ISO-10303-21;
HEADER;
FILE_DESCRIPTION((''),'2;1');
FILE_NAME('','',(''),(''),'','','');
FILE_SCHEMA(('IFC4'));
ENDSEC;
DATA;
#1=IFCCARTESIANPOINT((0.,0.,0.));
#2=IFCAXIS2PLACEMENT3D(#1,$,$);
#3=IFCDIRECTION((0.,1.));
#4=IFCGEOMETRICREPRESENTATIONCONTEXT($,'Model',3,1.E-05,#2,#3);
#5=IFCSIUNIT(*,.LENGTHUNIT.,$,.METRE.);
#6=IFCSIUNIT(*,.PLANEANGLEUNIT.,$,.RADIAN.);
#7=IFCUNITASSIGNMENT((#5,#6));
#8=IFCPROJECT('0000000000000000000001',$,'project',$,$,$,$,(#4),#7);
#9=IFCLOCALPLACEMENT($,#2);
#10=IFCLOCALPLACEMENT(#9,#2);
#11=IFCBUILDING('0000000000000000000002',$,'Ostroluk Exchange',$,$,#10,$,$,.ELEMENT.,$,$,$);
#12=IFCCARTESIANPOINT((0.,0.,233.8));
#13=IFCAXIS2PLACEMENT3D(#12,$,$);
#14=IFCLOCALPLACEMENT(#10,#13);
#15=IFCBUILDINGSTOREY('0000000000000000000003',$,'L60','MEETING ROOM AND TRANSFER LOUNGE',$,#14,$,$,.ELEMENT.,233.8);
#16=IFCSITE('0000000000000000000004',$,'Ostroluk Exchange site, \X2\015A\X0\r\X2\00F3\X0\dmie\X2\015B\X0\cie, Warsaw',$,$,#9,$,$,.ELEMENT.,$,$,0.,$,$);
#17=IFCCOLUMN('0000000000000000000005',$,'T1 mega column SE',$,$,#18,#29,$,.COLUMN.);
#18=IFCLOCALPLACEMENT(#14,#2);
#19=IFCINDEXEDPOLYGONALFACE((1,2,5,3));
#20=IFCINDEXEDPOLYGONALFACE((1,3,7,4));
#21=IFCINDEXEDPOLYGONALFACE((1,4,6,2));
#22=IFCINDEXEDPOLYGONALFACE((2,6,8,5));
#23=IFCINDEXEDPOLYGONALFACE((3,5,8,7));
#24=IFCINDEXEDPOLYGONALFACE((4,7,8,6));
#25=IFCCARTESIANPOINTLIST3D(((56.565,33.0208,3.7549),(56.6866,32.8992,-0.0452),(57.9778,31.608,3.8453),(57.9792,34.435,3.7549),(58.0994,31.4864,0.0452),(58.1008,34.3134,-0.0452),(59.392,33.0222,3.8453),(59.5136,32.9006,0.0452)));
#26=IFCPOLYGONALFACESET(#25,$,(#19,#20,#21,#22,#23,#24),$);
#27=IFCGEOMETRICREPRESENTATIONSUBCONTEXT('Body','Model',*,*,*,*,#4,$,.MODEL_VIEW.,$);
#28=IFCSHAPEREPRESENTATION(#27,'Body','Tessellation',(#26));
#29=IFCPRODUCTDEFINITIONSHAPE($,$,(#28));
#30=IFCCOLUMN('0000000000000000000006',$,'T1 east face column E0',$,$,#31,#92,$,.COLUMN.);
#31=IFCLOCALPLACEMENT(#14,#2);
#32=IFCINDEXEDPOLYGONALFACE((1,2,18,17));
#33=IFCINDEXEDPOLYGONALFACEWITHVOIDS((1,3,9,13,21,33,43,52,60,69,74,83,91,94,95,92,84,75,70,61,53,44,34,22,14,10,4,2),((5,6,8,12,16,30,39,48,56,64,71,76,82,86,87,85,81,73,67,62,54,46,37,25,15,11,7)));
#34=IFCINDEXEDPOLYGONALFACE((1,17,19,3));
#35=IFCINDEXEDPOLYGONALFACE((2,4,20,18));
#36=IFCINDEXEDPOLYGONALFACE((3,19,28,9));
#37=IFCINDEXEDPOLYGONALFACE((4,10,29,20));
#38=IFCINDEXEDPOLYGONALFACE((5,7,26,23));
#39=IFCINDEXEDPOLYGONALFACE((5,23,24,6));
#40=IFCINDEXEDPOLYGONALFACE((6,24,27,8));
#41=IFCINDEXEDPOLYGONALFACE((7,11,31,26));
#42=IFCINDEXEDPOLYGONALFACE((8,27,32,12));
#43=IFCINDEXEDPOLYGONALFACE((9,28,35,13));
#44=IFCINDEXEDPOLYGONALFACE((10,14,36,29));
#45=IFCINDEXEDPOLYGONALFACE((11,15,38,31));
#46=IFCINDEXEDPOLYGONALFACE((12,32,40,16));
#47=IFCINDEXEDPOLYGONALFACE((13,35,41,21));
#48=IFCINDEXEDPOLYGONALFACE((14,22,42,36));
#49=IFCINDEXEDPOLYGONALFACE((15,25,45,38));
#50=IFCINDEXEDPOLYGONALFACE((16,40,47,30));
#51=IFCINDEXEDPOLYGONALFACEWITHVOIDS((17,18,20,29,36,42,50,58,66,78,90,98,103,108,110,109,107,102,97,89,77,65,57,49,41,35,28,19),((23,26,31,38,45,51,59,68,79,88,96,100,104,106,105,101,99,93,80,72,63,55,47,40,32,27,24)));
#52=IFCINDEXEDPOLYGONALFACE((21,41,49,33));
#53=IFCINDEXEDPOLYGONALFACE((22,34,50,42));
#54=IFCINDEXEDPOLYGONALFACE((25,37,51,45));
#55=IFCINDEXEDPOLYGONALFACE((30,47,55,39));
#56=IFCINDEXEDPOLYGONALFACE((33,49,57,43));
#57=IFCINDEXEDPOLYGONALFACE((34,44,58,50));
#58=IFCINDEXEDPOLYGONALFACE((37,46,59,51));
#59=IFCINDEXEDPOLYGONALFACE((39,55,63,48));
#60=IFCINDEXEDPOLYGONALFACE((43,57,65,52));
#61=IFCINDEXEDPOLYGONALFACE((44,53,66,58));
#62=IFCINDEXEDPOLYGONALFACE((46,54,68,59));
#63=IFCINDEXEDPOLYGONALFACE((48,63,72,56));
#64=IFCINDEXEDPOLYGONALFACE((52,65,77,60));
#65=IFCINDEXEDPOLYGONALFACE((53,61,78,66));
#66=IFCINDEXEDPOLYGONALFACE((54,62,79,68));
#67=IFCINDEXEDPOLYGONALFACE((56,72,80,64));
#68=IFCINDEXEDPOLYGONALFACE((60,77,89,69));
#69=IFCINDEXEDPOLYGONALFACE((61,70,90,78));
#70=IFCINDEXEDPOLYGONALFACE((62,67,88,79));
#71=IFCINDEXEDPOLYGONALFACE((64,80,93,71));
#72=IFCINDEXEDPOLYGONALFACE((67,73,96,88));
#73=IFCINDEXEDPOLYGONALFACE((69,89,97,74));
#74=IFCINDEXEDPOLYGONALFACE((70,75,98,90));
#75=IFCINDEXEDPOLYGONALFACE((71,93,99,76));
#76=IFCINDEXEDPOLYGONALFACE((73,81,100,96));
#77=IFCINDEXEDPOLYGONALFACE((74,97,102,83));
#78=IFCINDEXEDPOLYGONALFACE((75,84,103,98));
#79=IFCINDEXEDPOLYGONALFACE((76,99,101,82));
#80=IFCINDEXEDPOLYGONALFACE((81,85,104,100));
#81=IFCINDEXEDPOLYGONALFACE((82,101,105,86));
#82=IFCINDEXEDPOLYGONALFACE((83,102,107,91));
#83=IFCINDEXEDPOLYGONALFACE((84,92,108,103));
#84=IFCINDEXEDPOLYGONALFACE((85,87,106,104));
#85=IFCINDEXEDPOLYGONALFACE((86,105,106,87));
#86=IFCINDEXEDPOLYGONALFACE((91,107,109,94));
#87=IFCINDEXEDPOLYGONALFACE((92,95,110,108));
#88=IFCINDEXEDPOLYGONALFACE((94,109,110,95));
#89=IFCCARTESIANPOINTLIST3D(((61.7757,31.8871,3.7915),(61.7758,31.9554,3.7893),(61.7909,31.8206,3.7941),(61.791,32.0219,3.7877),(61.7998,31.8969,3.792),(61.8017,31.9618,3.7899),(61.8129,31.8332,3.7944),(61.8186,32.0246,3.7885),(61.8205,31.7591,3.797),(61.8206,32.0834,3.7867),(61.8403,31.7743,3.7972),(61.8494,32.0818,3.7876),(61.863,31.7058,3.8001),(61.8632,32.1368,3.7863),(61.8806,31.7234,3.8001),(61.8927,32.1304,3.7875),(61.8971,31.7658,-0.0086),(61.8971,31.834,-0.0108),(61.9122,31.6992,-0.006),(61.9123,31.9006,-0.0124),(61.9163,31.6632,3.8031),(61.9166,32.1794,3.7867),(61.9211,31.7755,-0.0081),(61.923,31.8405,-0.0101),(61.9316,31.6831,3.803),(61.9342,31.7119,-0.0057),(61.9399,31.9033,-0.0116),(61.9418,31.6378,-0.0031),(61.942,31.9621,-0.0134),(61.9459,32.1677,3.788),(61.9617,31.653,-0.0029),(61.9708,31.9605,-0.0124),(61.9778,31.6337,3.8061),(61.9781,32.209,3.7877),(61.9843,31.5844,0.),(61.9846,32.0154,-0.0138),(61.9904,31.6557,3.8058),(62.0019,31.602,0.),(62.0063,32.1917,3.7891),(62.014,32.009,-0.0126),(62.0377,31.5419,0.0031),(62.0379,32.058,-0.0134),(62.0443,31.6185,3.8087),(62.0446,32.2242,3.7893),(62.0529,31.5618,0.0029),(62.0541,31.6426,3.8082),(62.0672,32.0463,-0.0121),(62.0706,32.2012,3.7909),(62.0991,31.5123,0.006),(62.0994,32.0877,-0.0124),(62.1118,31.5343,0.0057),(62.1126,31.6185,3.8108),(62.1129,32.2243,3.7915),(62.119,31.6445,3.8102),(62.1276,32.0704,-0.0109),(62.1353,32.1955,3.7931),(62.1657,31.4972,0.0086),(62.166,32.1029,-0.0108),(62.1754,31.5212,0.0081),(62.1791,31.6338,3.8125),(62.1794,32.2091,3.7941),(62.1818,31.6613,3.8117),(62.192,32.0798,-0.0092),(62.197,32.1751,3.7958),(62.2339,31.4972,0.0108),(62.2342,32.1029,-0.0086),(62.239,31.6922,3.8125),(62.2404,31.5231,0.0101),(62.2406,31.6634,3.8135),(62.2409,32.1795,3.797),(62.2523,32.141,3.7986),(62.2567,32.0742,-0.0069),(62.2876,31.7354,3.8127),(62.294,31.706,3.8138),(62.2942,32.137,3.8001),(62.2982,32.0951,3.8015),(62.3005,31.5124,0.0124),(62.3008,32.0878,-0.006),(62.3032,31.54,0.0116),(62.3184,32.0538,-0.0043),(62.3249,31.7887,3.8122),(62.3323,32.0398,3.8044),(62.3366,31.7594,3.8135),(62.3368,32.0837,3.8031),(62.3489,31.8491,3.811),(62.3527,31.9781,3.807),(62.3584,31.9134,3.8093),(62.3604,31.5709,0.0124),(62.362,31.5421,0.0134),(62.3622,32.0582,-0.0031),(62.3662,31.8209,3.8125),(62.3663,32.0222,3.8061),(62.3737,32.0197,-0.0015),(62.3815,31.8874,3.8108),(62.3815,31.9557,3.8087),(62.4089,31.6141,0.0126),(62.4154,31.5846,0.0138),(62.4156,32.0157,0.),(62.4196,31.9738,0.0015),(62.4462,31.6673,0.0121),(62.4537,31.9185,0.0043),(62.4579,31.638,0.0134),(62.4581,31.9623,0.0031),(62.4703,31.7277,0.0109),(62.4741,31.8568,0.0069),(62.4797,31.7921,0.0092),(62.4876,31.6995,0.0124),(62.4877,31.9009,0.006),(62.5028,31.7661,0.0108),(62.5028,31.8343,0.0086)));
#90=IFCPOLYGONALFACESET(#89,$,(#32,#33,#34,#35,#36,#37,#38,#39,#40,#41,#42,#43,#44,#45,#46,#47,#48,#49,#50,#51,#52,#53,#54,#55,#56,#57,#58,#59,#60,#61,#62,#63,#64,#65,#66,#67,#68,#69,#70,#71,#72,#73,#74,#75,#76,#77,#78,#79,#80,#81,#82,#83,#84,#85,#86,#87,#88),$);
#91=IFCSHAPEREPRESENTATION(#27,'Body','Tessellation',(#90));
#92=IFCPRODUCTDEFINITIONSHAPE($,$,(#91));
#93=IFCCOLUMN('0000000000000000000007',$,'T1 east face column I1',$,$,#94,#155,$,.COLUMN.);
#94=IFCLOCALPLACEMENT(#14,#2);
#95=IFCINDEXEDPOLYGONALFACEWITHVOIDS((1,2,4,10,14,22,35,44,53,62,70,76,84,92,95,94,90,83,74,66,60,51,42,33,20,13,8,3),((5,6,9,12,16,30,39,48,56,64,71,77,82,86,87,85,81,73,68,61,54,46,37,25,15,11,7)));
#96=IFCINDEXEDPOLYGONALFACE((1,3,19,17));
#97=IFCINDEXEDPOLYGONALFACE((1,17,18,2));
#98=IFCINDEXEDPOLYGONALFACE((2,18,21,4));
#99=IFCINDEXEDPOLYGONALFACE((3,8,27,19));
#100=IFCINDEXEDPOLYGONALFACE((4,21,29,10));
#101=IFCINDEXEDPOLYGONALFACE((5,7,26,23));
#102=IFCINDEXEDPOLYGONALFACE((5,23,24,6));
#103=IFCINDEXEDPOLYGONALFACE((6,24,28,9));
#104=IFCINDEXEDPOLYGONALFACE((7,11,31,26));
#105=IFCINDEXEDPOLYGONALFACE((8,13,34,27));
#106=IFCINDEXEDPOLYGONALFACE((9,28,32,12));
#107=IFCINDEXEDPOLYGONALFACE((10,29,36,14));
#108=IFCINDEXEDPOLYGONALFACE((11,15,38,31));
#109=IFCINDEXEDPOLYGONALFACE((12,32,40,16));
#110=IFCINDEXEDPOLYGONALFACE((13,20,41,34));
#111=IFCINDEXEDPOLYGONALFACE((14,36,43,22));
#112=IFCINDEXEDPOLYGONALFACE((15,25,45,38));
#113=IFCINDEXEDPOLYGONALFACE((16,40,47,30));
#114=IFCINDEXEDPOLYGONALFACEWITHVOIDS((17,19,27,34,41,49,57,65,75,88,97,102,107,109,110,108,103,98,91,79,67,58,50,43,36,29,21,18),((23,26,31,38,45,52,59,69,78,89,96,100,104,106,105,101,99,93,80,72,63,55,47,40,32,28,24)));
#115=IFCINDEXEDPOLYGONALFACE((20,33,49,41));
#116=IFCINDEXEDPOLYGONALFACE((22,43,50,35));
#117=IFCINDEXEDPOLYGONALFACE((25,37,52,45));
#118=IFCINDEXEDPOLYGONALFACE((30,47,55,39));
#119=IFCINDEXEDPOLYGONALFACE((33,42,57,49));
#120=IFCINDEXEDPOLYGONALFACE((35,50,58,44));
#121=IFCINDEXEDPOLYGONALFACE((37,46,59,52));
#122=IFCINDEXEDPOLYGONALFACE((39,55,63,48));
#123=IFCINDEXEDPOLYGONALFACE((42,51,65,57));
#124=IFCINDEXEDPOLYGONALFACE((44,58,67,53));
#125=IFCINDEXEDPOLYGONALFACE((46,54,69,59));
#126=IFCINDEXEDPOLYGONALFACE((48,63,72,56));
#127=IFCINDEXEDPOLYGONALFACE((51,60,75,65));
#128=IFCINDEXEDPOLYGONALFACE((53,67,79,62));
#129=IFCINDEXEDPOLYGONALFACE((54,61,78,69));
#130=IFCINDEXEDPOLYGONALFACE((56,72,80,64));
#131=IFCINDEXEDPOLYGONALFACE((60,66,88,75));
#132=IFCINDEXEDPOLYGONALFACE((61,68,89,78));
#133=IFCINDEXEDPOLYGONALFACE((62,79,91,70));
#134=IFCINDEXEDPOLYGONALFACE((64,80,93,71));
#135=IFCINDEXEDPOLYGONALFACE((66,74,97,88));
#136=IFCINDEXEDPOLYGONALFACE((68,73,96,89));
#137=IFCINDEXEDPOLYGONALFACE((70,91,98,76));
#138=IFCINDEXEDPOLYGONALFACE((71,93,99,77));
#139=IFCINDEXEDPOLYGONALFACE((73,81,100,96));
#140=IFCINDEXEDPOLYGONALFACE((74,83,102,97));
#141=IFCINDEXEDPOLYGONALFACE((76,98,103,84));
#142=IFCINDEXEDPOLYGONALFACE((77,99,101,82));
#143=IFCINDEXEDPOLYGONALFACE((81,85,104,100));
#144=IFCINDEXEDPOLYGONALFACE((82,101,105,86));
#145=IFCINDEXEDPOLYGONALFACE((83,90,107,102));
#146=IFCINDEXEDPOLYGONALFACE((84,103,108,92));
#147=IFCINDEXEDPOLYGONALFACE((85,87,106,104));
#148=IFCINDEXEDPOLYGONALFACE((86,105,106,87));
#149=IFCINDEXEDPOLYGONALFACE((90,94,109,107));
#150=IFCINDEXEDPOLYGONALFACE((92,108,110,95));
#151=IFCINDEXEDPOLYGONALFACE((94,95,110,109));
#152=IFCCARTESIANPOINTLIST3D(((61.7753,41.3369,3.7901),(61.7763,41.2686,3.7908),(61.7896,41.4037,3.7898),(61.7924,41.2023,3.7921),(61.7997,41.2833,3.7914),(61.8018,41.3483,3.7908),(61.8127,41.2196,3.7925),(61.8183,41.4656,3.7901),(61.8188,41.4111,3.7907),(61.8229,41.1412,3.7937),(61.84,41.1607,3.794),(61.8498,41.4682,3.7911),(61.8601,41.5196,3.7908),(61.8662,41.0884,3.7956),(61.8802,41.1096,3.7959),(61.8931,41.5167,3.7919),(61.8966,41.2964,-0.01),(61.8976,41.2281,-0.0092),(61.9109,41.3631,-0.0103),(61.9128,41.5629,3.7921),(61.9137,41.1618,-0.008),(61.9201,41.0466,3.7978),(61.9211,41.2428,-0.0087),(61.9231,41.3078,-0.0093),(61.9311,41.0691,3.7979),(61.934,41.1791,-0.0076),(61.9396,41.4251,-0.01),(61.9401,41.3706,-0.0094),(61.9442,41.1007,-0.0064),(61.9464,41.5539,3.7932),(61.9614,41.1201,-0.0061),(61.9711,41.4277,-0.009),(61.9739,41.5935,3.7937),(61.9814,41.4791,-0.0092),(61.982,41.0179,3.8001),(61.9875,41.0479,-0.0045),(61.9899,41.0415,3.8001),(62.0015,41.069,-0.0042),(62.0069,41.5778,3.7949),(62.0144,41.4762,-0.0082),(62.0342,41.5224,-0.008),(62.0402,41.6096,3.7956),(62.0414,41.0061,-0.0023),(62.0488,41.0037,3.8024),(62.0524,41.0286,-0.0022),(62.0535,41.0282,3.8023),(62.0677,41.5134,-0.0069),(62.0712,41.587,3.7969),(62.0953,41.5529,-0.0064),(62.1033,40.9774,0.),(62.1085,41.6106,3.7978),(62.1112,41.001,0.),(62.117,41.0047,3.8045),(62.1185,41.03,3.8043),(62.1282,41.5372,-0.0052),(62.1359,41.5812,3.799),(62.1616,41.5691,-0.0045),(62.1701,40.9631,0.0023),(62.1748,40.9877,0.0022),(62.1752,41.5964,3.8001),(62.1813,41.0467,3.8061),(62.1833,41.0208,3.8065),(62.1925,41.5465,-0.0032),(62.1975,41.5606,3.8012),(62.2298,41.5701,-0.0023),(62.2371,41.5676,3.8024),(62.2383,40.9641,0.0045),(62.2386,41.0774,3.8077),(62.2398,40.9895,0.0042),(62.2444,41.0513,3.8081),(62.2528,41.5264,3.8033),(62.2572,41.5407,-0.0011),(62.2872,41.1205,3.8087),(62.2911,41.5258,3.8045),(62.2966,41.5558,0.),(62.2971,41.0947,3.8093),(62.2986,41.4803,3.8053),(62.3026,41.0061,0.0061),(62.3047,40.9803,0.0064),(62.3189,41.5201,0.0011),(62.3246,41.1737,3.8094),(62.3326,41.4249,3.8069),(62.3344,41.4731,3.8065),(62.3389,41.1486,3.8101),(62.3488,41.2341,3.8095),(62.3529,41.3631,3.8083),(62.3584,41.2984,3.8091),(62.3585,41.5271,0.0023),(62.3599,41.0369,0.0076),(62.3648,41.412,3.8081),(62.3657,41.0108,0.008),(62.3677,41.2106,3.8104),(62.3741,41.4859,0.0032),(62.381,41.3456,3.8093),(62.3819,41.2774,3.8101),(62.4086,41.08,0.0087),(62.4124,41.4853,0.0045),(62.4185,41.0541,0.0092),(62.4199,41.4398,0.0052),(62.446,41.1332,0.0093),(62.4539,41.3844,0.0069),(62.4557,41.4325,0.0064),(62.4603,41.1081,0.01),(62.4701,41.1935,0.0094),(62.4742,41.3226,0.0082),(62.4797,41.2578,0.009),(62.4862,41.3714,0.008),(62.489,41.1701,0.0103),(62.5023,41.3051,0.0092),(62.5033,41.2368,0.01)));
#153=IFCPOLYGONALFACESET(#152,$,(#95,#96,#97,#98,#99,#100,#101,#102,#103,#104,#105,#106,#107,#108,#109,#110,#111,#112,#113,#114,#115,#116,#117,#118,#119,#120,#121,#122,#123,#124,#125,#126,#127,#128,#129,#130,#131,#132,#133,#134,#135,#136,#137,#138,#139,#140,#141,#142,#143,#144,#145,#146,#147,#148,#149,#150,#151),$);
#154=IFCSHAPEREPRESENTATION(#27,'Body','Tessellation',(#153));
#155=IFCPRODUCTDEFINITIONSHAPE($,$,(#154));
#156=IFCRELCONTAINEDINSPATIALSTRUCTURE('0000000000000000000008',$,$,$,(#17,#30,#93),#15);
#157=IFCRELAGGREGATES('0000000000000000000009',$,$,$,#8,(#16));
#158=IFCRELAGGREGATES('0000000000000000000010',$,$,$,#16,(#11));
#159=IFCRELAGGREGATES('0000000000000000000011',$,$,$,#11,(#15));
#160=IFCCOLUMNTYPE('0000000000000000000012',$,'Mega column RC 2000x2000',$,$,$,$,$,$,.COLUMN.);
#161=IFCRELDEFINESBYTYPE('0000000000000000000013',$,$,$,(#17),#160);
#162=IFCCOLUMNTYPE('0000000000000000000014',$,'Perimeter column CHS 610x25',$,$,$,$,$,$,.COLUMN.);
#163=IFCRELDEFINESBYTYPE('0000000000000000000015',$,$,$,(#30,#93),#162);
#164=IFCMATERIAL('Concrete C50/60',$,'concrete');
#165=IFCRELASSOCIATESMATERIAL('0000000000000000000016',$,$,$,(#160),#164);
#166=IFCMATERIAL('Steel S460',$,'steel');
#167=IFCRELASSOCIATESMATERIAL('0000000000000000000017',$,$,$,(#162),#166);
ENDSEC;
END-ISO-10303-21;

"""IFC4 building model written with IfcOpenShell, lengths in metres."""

from ifc_helpers import new_model, si_unit, direction, frame, origin, origin_2d, place, context, subcontext, project, spatial, rectangle, hollow_circle, extrude, material, material_profile, profile_set, type_object, element, save


model = new_model("IFC4")

# Units and contexts
model_context = context("Model", 3, precision=1e-05, world=origin(), true_north=direction((0.0, 1.0)))
body_context = subcontext(model_context, "Body", "Model", "MODEL_VIEW")
ifc_project = project(units=[si_unit("LENGTHUNIT", "METRE"), si_unit("PLANEANGLEUNIT", "RADIAN")], contexts=[model_context])

# Site, building, storey
site_placement = place(None, origin())
site = spatial("IfcSite", under=ifc_project, at=site_placement, Name="Ostroluk Exchange site, Śródmieście, Warsaw", CompositionType="ELEMENT", RefElevation=0.0)
building_placement = place(site_placement, origin())
building = spatial("IfcBuilding", under=site, at=building_placement, Name="Ostroluk Exchange", CompositionType="ELEMENT")
storey_placement = place(building_placement, frame((0.0, 0.0, 233.8)))
storey = spatial("IfcBuildingStorey", under=building, at=storey_placement, Name="L60", Description="MEETING ROOM AND TRANSFER LOUNGE", CompositionType="ELEMENT", Elevation=233.8)

# Columns
ifc_material_1 = material(Name="Concrete C50/60", Category="concrete")
ifc_material_profile_1 = material_profile(ifc_material_1, rectangle(XDim=2.0, YDim=2.0, at=origin_2d()), Name="RC 2000x2000")
ifc_profile_set_1 = profile_set([ifc_material_profile_1], Name="Concrete C50/60")
column_type_1 = type_object("IfcColumnType", Name="Mega column RC 2000x2000", PredefinedType="COLUMN", material=ifc_profile_set_1)
column_1_placement = place(storey_placement, frame((58.1001, 32.8999, 0.0), z_axis=(-0.031962, 0.031962, 0.998978), x_axis=(-0.707107, -0.707107, 0.0)))
element("IfcColumn", 1, at=column_1_placement, inside=storey, type_object=column_type_1, Name="T1 mega column SE", PredefinedType="COLUMN", context=body_context, shape_type="SweptSolid", body=[
    extrude(rectangle(XDim=2.0, YDim=2.0, at=origin_2d()), origin(), (0.0, 0.0, 1.0), 3.804),
])
ifc_material_2 = material(Name="Steel S460", Category="steel")
ifc_material_profile_2 = material_profile(ifc_material_2, hollow_circle(Radius=0.3049, WallThickness=0.0249, at=origin_2d()), Name="CHS 610x25")
ifc_profile_set_2 = profile_set([ifc_material_profile_2], Name="Steel S460")
column_type_2 = type_object("IfcColumnType", Name="Perimeter column CHS 610x25", PredefinedType="COLUMN", material=ifc_profile_set_2)
column_2_placement = place(storey_placement, frame((62.2, 31.8, 0.0), z_axis=(-0.031898, 0.031898, 0.998982), x_axis=(-0.707107, -0.707107, 0.0)))
element("IfcColumn", 2, at=column_2_placement, inside=storey, type_object=column_type_2, Name="T1 east face column E0", PredefinedType="COLUMN", context=body_context, shape_type="SweptSolid", body=[
    extrude(hollow_circle(Radius=0.3049, WallThickness=0.0249, at=origin_2d()), origin(), (0.0, 0.0, 1.0), 3.804),
])
column_3_placement = place(storey_placement, frame((62.2, 41.2666, 0.0), z_axis=(-0.031913, 0.010659, 0.999434), x_axis=(-0.3168, -0.948492, 0.0)))
element("IfcColumn", 3, at=column_3_placement, inside=storey, type_object=column_type_2, Name="T1 east face column I1", PredefinedType="COLUMN", context=body_context, shape_type="SweptSolid", body=[
    extrude(hollow_circle(Radius=0.3049, WallThickness=0.0249, at=origin_2d()), origin(), (0.0, 0.0, 1.0), 3.8022),
])

save(model, "model.ifc")
